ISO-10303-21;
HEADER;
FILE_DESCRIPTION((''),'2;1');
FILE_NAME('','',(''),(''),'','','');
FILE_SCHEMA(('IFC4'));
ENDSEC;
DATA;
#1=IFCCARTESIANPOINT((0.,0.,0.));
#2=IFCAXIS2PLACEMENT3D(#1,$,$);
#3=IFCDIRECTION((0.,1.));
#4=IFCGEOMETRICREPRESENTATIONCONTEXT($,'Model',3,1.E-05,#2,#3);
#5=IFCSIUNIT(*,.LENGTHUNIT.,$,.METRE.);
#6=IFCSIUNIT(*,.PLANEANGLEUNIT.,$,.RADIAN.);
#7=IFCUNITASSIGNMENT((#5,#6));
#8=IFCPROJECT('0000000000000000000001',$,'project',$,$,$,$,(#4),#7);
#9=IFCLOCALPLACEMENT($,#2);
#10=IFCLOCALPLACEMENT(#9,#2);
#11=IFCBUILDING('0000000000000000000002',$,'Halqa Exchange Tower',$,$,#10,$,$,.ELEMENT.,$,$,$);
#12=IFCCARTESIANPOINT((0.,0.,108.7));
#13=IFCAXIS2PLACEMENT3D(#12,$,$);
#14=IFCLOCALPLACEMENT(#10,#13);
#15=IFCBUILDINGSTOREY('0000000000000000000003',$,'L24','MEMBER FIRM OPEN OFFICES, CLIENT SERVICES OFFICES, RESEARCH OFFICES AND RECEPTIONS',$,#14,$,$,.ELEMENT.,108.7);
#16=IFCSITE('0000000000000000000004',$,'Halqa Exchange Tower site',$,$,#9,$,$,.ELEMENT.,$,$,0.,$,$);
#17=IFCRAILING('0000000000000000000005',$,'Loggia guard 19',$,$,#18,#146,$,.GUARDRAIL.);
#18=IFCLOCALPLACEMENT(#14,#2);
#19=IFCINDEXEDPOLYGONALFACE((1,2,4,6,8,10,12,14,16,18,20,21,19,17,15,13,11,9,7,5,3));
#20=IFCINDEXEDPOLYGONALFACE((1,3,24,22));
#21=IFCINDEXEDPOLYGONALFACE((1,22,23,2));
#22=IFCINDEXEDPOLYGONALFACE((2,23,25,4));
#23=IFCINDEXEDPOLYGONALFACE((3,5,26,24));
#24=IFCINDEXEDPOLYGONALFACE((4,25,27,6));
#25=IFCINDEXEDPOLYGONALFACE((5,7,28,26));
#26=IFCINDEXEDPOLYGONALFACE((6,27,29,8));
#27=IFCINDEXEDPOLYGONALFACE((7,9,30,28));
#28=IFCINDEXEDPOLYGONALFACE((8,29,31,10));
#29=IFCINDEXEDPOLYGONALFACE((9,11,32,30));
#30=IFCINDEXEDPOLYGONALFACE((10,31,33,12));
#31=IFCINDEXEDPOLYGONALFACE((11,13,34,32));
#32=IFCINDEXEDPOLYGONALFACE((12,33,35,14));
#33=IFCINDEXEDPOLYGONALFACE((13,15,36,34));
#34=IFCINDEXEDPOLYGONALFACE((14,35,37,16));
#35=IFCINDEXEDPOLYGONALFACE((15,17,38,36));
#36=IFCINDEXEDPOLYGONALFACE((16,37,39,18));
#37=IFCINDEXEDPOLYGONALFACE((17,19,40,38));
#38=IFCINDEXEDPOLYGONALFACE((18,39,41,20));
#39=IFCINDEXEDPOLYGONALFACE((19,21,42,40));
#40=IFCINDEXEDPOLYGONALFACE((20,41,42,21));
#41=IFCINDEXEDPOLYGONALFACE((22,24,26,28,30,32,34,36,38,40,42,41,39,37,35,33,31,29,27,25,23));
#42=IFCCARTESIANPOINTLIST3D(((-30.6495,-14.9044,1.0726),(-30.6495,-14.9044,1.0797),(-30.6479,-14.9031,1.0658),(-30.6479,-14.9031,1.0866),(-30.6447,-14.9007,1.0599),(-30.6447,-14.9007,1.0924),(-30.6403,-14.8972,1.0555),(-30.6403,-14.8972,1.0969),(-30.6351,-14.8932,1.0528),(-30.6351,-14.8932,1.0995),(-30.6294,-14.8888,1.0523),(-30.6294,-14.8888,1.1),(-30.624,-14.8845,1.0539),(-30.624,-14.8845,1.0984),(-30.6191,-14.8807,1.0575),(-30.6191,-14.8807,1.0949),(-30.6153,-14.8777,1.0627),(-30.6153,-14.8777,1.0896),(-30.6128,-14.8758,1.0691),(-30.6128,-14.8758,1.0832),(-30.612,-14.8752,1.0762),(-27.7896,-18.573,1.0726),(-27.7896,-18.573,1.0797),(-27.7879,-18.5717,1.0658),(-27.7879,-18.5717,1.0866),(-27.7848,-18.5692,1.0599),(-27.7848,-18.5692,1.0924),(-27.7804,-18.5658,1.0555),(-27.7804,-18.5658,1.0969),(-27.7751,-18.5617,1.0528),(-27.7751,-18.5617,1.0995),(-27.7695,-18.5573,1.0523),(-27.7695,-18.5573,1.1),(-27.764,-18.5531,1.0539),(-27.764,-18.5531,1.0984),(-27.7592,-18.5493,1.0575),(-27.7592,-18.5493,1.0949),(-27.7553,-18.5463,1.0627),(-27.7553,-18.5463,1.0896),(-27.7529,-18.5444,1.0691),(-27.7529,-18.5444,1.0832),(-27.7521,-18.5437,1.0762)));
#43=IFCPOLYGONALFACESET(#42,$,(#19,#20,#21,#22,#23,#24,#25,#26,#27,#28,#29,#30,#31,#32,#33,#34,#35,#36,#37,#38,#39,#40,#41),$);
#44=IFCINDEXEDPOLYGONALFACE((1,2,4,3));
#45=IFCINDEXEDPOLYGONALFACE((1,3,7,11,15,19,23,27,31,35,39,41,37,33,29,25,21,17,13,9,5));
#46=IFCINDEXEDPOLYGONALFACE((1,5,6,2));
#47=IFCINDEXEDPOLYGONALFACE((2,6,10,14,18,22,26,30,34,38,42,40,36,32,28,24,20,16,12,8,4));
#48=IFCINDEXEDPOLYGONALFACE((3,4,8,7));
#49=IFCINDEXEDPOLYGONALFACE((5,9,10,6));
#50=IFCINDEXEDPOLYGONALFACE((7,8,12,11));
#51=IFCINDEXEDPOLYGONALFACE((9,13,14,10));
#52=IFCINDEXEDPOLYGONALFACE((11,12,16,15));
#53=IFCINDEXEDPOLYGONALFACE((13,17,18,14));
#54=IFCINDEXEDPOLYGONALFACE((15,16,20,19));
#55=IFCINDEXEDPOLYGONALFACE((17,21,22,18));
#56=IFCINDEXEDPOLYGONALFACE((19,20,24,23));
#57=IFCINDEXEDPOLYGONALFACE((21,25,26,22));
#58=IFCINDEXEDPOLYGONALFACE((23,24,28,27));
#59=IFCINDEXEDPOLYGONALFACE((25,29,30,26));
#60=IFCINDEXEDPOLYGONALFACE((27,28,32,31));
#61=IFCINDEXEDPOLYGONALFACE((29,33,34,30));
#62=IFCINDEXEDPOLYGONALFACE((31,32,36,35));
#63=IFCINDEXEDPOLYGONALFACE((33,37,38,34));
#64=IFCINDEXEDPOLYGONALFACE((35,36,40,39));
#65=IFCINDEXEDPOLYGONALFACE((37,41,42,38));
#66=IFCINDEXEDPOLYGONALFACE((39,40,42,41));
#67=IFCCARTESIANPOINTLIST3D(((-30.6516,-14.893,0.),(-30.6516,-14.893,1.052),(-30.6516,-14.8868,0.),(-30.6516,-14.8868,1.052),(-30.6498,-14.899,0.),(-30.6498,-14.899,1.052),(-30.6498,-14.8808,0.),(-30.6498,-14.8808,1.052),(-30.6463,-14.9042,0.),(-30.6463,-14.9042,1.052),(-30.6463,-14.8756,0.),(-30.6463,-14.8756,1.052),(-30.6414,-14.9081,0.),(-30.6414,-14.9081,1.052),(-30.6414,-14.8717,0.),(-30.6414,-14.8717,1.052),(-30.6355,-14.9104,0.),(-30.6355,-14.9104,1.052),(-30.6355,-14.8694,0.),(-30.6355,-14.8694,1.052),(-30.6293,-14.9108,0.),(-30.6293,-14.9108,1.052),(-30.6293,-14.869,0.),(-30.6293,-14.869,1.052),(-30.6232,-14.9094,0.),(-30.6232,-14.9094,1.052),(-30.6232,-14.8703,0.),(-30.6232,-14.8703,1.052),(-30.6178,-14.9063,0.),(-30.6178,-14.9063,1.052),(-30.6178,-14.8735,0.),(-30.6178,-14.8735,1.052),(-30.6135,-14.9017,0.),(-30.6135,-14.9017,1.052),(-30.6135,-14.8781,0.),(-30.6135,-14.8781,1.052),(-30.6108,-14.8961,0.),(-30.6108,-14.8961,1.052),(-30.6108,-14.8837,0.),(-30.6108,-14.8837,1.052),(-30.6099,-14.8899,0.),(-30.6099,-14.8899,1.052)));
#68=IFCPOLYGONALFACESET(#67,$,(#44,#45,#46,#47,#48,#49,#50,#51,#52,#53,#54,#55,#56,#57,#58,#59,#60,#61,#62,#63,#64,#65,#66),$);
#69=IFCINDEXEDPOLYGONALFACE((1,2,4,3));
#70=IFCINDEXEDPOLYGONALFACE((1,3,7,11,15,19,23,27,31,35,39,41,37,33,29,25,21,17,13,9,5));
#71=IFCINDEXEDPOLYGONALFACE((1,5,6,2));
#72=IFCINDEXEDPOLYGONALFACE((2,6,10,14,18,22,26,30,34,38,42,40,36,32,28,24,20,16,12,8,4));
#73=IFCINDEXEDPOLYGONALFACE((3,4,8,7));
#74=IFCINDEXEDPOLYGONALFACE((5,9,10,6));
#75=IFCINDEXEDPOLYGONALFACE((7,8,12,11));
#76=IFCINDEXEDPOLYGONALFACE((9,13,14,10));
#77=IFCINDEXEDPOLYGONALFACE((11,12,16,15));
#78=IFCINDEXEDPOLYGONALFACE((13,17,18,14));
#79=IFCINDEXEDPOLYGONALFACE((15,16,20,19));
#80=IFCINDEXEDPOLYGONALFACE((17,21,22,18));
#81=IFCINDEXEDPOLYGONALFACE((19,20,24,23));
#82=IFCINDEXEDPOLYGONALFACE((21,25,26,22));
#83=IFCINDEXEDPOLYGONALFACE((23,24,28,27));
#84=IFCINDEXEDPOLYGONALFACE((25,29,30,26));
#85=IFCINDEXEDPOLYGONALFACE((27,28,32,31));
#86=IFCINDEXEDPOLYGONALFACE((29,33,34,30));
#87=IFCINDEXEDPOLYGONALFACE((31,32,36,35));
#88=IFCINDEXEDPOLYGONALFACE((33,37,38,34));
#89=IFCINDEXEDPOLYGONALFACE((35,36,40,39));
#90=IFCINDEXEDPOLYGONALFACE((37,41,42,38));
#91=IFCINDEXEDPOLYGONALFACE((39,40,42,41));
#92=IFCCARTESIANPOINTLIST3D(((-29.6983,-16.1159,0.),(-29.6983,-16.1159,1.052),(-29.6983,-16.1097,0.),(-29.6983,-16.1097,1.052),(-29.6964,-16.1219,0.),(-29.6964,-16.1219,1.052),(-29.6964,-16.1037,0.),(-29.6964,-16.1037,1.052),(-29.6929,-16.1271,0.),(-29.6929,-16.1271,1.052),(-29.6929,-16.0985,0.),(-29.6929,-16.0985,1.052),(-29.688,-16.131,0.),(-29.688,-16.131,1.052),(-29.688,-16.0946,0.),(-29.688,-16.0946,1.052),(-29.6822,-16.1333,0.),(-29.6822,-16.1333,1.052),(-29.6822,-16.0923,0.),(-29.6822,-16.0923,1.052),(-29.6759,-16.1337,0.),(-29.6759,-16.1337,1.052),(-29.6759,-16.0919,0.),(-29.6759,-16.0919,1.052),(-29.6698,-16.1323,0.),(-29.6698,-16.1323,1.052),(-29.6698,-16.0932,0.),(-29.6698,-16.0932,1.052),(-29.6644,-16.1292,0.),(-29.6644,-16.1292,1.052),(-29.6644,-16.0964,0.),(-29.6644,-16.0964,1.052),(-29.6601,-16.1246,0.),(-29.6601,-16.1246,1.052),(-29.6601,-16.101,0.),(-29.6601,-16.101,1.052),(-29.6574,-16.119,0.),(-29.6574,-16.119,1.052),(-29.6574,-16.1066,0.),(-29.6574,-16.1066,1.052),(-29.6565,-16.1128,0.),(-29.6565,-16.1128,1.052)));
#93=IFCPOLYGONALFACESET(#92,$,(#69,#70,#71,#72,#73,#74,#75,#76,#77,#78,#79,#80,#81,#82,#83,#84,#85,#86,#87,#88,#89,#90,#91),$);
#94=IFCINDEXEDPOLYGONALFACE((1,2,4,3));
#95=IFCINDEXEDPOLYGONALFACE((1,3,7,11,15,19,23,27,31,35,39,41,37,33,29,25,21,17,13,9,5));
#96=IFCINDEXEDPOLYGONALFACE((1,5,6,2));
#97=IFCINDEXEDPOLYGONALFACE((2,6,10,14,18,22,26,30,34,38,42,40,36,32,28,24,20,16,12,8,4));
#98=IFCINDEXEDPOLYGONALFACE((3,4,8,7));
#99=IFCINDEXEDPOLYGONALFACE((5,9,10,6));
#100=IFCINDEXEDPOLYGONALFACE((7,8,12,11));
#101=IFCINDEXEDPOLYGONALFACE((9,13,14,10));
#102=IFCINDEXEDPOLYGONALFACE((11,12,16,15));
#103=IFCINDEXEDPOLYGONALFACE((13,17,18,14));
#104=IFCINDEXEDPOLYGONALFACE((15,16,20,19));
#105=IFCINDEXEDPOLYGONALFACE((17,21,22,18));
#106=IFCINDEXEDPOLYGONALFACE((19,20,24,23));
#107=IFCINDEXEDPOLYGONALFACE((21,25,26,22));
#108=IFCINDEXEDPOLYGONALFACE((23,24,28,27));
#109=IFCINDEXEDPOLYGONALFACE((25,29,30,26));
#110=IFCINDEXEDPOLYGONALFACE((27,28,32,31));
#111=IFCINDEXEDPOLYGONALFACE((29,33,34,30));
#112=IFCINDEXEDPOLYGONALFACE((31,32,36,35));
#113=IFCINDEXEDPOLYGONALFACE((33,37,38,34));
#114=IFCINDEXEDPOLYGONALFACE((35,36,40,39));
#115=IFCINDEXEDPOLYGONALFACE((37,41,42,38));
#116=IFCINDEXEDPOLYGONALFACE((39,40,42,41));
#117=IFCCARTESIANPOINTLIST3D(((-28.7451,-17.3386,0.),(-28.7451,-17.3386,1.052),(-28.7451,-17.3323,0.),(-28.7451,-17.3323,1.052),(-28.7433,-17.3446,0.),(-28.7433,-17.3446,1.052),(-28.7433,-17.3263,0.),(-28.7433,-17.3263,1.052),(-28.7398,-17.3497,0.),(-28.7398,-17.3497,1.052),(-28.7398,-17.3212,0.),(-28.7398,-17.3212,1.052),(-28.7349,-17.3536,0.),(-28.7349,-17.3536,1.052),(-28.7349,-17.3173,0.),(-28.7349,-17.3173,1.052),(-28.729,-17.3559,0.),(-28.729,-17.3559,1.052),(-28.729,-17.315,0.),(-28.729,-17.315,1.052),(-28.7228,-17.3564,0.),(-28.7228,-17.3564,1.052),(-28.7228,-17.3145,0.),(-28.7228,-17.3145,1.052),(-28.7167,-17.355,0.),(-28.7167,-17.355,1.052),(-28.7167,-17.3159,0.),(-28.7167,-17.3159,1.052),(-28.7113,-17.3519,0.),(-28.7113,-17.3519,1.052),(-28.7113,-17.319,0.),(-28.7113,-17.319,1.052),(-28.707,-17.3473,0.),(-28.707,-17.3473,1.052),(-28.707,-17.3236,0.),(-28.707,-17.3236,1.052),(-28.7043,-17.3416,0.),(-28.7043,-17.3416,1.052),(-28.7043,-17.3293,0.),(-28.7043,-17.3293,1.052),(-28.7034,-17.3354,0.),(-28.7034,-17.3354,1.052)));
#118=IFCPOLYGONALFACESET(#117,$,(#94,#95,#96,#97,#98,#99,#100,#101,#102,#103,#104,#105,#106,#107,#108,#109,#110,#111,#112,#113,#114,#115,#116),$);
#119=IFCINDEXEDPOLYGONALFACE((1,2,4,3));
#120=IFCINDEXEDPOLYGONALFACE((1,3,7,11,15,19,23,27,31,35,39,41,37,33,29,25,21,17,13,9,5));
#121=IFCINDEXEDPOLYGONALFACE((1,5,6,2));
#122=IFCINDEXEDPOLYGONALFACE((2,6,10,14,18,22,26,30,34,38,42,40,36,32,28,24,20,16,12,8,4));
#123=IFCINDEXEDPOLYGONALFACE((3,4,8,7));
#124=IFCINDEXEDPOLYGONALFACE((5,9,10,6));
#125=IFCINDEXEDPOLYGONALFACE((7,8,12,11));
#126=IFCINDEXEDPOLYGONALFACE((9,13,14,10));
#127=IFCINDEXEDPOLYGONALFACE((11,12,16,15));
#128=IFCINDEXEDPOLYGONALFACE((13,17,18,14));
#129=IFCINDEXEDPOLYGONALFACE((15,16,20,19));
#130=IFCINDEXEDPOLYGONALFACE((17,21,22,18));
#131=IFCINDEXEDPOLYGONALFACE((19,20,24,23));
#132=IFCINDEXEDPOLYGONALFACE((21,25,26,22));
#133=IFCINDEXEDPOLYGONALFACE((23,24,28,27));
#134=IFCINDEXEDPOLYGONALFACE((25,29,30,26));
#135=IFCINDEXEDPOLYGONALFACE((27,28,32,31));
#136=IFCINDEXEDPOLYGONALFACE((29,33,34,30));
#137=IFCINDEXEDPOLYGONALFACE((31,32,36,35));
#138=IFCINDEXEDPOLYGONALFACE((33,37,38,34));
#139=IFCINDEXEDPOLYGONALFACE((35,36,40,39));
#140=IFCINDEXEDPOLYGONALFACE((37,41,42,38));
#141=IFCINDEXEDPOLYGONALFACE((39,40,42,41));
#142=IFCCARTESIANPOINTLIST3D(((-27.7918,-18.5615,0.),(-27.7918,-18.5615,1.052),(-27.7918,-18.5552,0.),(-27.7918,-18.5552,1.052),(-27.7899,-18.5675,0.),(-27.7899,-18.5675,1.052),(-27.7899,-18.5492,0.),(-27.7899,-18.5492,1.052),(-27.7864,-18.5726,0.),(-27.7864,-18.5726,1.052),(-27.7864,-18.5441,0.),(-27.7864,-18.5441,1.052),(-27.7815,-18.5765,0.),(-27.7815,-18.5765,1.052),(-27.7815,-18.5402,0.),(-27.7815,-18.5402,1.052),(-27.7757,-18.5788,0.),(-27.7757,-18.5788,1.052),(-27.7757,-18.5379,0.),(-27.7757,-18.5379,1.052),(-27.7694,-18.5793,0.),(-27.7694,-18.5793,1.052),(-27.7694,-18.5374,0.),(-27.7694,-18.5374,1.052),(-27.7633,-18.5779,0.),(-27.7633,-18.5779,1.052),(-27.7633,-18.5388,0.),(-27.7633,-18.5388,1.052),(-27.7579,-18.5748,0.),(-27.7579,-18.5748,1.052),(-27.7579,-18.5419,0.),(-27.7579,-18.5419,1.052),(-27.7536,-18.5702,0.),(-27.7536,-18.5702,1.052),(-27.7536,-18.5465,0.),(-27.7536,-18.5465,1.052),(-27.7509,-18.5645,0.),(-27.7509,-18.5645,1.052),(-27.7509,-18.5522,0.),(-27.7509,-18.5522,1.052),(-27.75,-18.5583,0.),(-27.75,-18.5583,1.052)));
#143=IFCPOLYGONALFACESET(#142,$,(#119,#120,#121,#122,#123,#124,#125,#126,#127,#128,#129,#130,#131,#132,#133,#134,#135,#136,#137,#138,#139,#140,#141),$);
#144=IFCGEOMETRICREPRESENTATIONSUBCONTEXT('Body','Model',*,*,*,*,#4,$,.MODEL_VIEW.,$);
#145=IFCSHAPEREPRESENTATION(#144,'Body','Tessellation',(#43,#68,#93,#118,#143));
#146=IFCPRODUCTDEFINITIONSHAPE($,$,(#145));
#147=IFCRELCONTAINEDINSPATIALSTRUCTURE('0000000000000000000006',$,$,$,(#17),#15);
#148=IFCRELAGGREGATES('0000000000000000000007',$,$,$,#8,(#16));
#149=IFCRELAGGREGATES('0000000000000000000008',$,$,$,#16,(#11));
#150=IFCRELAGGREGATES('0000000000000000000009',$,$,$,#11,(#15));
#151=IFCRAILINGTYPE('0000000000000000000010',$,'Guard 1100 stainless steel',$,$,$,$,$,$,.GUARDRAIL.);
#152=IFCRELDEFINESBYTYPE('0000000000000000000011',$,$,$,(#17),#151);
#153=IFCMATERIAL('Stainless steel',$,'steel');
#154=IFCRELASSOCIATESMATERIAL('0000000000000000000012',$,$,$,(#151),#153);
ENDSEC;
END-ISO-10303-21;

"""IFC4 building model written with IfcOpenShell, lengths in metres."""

from ifc_helpers import new_model, si_unit, direction, frame, origin, origin_2d, place, context, subcontext, project, spatial, circle, extrude, material, type_object, element, save


model = new_model("IFC4")

# Units and contexts
model_context = context("Model", 3, precision=1e-05, world=origin(), true_north=direction((0.0, 1.0)))
body_context = subcontext(model_context, "Body", "Model", "MODEL_VIEW")
ifc_project = project(units=[si_unit("LENGTHUNIT", "METRE"), si_unit("PLANEANGLEUNIT", "RADIAN")], contexts=[model_context])

# Site, building, storey
site_placement = place(None, origin())
site = spatial("IfcSite", under=ifc_project, at=site_placement, Name="Halqa Exchange Tower site", CompositionType="ELEMENT", RefElevation=0.0)
building_placement = place(site_placement, origin())
building = spatial("IfcBuilding", under=site, at=building_placement, Name="Halqa Exchange Tower", CompositionType="ELEMENT")
storey_placement = place(building_placement, frame((0.0, 0.0, 108.7)))
storey = spatial("IfcBuildingStorey", under=building, at=storey_placement, Name="L24", Description="MEMBER FIRM OPEN OFFICES, CLIENT SERVICES OFFICES, RESEARCH OFFICES AND RECEPTIONS", CompositionType="ELEMENT", Elevation=108.7)

# Railing
ifc_material_1 = material(Name="Stainless steel", Category="steel")
railing_type = type_object("IfcRailingType", Name="Guard 1100 stainless steel", PredefinedType="GUARDRAIL", material=ifc_material_1)
railing_1_placement = place(storey_placement, frame((-30.6309, -14.8899, 0.0)))
element("IfcRailing", 1, at=railing_1_placement, inside=storey, type_object=railing_type, Name="Loggia guard 19", PredefinedType="GUARDRAIL", context=body_context, shape_type="SweptSolid", body=[
    extrude(circle(Radius=0.0239, at=origin_2d()), frame((0.0, 0.0, 1.0762), z_axis=(0.614827, -0.788662, 0.0), x_axis=(0.788662, 0.614827, 0.0)), (0.0, 0.0, 1.0), 4.6516),
    extrude(circle(Radius=0.021, at=origin_2d()), origin(), (0.0, 0.0, 1.0), 1.052),
    extrude(circle(Radius=0.021, at=origin_2d()), frame((0.9534, -1.2229, 0.0)), (0.0, 0.0, 1.0), 1.052),
    extrude(circle(Radius=0.021, at=origin_2d()), frame((1.9065, -2.4456, 0.0)), (0.0, 0.0, 1.0), 1.052),
    extrude(circle(Radius=0.021, at=origin_2d()), frame((2.8599, -3.6685, 0.0)), (0.0, 0.0, 1.0), 1.052),
])

save(model, "model.ifc")
